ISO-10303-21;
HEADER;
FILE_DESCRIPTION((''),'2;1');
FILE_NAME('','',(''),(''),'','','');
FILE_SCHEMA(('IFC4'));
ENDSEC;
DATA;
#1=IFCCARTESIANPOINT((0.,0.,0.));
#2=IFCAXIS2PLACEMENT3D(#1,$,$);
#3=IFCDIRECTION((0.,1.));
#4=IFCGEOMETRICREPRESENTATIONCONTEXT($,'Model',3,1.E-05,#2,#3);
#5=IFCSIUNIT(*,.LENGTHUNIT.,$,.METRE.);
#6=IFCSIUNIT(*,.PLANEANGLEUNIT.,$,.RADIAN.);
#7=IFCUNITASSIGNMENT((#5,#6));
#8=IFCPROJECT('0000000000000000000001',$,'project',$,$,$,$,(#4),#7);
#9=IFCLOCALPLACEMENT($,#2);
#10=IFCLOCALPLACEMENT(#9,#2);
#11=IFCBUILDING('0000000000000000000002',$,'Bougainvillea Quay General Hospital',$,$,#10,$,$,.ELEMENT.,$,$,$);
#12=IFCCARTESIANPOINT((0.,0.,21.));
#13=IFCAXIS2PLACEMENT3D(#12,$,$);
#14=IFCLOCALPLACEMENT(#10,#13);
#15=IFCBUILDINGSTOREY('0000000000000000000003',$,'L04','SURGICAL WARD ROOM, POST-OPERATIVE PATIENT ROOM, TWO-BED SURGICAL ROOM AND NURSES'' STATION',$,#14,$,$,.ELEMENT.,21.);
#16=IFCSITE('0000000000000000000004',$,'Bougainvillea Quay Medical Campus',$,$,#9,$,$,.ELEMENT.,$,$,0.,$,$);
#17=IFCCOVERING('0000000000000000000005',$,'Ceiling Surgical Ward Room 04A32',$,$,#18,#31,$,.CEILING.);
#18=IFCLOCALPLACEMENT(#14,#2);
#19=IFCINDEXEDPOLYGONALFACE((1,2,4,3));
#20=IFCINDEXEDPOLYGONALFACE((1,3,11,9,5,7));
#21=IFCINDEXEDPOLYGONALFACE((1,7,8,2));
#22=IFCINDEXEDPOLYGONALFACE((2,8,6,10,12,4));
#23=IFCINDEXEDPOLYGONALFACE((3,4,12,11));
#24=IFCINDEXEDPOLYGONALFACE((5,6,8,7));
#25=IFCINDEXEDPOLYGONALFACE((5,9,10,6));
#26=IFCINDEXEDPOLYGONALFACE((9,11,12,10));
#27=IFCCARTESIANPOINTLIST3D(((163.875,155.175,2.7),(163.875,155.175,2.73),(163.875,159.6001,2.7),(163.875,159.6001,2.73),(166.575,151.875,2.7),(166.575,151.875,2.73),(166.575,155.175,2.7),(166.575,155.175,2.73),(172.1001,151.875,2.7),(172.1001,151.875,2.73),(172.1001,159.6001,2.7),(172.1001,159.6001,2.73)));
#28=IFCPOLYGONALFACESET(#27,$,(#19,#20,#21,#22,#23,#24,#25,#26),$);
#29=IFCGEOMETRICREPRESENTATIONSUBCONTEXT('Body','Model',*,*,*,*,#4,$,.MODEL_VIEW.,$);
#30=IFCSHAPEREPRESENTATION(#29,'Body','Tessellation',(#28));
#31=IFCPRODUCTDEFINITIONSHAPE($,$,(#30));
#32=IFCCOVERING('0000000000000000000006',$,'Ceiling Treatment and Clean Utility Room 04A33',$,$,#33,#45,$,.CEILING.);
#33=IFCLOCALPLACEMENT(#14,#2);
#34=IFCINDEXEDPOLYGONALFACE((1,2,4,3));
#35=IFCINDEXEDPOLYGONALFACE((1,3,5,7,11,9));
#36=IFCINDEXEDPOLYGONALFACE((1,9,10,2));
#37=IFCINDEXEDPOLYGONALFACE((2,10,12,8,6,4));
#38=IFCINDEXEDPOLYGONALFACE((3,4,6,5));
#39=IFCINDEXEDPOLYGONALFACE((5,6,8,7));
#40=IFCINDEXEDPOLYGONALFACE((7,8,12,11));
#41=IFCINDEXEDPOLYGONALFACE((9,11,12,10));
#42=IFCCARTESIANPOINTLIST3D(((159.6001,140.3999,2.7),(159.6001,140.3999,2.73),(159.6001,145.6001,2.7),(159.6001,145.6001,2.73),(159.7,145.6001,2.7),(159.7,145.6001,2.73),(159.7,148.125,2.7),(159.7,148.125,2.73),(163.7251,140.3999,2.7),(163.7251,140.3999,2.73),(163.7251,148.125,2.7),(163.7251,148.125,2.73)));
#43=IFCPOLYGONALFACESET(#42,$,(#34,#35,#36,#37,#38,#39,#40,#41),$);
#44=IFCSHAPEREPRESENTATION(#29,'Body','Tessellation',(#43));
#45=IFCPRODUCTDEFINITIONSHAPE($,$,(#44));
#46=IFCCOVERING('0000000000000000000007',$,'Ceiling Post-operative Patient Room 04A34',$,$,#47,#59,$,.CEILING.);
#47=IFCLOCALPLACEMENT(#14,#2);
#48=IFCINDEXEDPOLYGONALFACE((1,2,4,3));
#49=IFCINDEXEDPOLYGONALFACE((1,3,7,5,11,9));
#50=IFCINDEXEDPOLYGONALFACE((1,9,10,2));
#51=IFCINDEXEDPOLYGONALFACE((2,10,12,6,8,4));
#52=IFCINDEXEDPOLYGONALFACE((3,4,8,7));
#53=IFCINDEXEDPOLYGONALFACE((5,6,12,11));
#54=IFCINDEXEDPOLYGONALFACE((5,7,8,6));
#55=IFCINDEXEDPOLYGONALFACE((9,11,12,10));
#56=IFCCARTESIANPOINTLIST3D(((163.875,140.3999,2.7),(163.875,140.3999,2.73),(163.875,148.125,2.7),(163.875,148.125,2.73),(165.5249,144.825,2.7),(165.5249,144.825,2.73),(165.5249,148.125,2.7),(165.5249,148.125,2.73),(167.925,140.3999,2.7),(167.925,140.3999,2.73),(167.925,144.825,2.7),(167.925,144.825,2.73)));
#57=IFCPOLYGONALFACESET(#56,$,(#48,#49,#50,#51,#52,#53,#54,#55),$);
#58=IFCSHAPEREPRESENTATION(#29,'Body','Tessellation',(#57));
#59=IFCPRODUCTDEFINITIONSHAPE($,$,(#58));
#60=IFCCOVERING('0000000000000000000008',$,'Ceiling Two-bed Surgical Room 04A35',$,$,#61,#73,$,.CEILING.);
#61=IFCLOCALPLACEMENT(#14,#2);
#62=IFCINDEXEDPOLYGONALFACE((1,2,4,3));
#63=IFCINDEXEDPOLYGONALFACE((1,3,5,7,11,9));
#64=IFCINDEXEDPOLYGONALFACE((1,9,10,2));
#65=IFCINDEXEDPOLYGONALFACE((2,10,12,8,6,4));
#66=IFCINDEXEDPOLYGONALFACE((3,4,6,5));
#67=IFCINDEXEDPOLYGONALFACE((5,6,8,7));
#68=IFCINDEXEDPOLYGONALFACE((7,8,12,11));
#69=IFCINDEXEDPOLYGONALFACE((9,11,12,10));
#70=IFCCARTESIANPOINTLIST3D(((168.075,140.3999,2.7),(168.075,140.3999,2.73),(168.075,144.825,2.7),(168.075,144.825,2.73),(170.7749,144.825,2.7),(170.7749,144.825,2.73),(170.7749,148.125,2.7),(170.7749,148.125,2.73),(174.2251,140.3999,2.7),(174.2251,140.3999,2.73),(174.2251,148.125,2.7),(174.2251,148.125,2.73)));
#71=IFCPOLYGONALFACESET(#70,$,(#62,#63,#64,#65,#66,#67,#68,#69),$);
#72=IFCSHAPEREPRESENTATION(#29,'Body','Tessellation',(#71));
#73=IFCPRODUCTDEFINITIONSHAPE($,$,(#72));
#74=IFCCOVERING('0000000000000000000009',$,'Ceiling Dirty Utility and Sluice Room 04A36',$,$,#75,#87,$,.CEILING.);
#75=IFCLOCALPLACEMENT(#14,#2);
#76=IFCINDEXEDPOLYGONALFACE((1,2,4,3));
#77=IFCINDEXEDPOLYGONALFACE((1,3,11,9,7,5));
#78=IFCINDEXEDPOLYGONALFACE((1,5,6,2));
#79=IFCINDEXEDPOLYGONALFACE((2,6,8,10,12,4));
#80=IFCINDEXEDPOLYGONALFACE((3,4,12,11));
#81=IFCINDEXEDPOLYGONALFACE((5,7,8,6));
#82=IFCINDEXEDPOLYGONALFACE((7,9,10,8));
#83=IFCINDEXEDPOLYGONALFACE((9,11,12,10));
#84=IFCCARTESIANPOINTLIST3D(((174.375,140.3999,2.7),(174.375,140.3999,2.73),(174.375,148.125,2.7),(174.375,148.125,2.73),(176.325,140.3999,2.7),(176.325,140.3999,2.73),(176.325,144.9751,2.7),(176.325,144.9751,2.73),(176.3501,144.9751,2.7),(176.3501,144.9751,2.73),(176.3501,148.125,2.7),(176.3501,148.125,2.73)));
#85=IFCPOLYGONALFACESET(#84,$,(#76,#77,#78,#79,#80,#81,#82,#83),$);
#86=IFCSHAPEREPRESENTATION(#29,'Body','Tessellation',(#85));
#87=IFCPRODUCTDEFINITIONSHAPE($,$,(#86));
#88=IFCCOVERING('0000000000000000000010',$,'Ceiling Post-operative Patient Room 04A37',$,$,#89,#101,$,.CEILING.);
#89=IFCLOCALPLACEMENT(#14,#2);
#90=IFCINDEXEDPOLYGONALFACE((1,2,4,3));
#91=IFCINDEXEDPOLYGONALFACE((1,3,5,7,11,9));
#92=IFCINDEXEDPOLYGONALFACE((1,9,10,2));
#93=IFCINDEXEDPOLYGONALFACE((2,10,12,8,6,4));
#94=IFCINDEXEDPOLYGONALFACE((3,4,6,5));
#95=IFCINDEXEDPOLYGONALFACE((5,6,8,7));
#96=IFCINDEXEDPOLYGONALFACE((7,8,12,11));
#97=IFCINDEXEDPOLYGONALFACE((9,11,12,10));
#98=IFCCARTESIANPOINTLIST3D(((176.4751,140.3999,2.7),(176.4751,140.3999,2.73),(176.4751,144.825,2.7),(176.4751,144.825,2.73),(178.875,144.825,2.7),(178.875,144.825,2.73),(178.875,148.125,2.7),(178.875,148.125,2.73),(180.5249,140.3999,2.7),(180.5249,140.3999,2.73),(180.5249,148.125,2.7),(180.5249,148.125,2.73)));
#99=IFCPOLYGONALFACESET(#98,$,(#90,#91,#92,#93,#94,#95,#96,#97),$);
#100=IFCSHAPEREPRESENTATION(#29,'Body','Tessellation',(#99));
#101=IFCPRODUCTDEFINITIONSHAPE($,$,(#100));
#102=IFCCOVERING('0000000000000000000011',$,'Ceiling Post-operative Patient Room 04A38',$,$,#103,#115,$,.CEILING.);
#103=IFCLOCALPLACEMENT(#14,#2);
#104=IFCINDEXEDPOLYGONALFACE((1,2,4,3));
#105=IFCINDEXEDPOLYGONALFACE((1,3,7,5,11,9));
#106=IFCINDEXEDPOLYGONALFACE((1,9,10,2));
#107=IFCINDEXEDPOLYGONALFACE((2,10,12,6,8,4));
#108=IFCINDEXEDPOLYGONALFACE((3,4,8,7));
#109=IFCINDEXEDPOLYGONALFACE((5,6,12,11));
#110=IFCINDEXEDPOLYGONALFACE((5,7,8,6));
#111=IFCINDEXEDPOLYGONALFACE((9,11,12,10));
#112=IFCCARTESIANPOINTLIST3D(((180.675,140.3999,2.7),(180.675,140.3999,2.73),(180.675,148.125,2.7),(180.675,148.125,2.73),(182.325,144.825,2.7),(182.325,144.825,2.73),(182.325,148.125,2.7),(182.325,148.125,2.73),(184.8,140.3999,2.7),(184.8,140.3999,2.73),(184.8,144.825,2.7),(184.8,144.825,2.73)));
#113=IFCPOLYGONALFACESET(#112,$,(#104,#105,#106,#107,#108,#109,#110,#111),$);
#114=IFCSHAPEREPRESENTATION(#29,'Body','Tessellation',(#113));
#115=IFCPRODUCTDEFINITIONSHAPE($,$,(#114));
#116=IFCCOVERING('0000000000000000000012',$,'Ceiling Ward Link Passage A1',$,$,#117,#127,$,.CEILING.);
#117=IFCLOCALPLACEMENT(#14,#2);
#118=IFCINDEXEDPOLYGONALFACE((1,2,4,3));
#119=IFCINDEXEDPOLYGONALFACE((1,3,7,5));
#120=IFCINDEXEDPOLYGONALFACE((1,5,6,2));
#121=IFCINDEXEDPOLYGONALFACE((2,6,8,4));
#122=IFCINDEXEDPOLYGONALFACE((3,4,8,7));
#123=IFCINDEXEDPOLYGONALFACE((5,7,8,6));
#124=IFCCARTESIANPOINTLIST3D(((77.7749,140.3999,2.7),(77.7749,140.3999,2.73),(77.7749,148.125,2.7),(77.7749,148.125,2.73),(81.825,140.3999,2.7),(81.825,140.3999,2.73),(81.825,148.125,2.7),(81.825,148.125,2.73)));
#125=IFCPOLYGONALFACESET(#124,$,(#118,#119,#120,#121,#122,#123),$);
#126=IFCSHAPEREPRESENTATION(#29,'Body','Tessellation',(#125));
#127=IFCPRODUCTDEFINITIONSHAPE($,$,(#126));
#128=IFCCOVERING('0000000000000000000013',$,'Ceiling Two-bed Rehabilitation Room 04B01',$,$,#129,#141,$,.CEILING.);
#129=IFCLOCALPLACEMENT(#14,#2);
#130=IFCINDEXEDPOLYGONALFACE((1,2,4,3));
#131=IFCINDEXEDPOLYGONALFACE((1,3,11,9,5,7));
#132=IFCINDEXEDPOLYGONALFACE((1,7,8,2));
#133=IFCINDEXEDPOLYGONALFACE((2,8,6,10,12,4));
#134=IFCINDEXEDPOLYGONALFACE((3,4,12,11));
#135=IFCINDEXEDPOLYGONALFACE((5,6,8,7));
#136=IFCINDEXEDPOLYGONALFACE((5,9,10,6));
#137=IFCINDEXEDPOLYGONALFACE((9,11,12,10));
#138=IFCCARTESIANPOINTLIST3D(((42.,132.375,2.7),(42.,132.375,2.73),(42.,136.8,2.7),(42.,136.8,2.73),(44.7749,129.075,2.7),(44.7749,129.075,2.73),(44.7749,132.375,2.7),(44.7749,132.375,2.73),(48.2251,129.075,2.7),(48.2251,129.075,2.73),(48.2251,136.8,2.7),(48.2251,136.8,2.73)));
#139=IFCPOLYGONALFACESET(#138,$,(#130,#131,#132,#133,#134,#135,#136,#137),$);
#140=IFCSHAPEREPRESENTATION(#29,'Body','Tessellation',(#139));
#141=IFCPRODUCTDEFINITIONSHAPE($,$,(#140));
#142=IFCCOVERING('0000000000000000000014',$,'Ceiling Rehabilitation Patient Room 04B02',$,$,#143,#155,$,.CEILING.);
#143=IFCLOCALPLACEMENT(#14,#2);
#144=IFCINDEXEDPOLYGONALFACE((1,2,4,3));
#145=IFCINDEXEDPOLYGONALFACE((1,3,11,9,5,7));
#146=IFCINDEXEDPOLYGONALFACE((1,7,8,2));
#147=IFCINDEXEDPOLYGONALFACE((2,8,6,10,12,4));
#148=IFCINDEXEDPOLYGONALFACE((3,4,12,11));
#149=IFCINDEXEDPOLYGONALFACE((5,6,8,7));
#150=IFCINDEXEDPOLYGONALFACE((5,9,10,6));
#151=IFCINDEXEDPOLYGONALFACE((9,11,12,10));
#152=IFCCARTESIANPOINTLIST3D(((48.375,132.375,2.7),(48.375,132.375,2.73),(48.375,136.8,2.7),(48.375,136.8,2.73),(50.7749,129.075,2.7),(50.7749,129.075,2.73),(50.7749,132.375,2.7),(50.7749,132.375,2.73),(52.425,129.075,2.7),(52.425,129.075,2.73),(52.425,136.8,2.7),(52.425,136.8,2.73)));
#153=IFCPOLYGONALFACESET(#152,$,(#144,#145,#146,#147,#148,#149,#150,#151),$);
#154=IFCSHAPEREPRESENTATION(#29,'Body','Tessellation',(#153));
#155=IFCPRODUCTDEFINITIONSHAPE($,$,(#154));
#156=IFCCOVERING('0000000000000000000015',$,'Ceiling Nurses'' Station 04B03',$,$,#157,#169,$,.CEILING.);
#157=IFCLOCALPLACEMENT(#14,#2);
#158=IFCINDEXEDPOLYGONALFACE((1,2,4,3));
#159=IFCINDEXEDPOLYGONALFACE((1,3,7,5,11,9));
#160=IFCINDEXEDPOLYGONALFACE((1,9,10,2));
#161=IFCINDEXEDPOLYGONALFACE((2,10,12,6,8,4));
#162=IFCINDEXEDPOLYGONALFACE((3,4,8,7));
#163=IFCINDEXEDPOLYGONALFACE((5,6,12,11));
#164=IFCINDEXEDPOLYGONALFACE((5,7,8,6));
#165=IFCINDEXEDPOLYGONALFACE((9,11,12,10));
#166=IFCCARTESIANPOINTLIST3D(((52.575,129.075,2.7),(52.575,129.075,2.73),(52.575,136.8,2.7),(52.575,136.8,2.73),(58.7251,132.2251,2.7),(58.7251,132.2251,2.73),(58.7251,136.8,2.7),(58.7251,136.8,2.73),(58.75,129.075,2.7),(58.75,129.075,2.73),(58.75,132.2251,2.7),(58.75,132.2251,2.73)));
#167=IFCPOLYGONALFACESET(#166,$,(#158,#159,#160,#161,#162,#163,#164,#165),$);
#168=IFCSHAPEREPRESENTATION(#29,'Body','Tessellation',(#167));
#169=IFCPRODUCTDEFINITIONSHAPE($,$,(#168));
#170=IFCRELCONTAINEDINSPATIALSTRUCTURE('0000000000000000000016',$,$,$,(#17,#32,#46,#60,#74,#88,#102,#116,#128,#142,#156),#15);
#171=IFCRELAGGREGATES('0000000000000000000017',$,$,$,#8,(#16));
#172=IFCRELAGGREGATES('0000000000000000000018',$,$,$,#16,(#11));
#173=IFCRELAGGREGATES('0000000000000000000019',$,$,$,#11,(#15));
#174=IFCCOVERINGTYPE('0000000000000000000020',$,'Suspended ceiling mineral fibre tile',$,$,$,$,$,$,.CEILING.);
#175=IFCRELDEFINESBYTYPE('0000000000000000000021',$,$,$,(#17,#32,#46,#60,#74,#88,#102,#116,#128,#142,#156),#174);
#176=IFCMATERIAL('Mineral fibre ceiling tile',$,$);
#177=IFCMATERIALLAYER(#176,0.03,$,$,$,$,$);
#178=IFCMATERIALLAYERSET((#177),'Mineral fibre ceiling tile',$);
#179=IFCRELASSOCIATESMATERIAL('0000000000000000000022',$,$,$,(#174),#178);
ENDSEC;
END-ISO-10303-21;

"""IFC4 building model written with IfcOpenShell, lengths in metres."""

from ifc_helpers import new_model, si_unit, direction, frame, origin, place, context, subcontext, project, spatial, polyline, outline, extrude, material, layer, layer_set, type_object, element, save


model = new_model("IFC4")

# Units and contexts
model_context = context("Model", 3, precision=1e-05, world=origin(), true_north=direction((0.0, 1.0)))
body_context = subcontext(model_context, "Body", "Model", "MODEL_VIEW")
ifc_project = project(units=[si_unit("LENGTHUNIT", "METRE"), si_unit("PLANEANGLEUNIT", "RADIAN")], contexts=[model_context])

# Site, building, storey
site_placement = place(None, origin())
site = spatial("IfcSite", under=ifc_project, at=site_placement, Name="Bougainvillea Quay Medical Campus", CompositionType="ELEMENT", RefElevation=0.0)
building_placement = place(site_placement, origin())
building = spatial("IfcBuilding", under=site, at=building_placement, Name="Bougainvillea Quay General Hospital", CompositionType="ELEMENT")
storey_placement = place(building_placement, frame((0.0, 0.0, 21.0)))
storey = spatial("IfcBuildingStorey", under=building, at=storey_placement, Name="L04", Description="SURGICAL WARD ROOM, POST-OPERATIVE PATIENT ROOM, TWO-BED SURGICAL ROOM AND NURSES' STATION", CompositionType="ELEMENT", Elevation=21.0)

# Coverings
ifc_material = material(Name="Mineral fibre ceiling tile")
ifc_layer = layer(ifc_material, 0.03)
ifc_layer_set = layer_set([ifc_layer], Name="Mineral fibre ceiling tile")
covering_type = type_object("IfcCoveringType", Name="Suspended ceiling mineral fibre tile", PredefinedType="CEILING", material=ifc_layer_set)
covering_1_placement = place(storey_placement, frame((0.0, 0.0, 2.7)))
element("IfcCovering", 1, at=covering_1_placement, inside=storey, type_object=covering_type, Name="Ceiling Surgical Ward Room 04A32", PredefinedType="CEILING", context=body_context, shape_type="SweptSolid", body=[
    extrude(outline(polyline([(163.875, 159.6001), (163.875, 155.175), (166.575, 155.175), (166.575, 151.875), (172.1001, 151.875), (172.1001, 159.6001), (163.875, 159.6001)])), origin(), (0.0, 0.0, 1.0), 0.03),
])
covering_2_placement = place(storey_placement, frame((0.0, 0.0, 2.7)))
element("IfcCovering", 2, at=covering_2_placement, inside=storey, type_object=covering_type, Name="Ceiling Treatment and Clean Utility Room 04A33", PredefinedType="CEILING", context=body_context, shape_type="SweptSolid", body=[
    extrude(outline(polyline([(163.7251, 140.3999), (163.7251, 148.125), (159.7, 148.125), (159.7, 145.6001), (159.6001, 145.6001), (159.6001, 140.3999), (163.7251, 140.3999)])), origin(), (0.0, 0.0, 1.0), 0.03),
])
covering_3_placement = place(storey_placement, frame((0.0, 0.0, 2.7)))
element("IfcCovering", 3, at=covering_3_placement, inside=storey, type_object=covering_type, Name="Ceiling Post-operative Patient Room 04A34", PredefinedType="CEILING", context=body_context, shape_type="SweptSolid", body=[
    extrude(outline(polyline([(167.925, 140.3999), (167.925, 144.825), (165.5249, 144.825), (165.5249, 148.125), (163.875, 148.125), (163.875, 140.3999), (167.925, 140.3999)])), origin(), (0.0, 0.0, 1.0), 0.03),
])
covering_4_placement = place(storey_placement, frame((0.0, 0.0, 2.7)))
element("IfcCovering", 4, at=covering_4_placement, inside=storey, type_object=covering_type, Name="Ceiling Two-bed Surgical Room 04A35", PredefinedType="CEILING", context=body_context, shape_type="SweptSolid", body=[
    extrude(outline(polyline([(174.2251, 140.3999), (174.2251, 148.125), (170.7749, 148.125), (170.7749, 144.825), (168.075, 144.825), (168.075, 140.3999), (174.2251, 140.3999)])), origin(), (0.0, 0.0, 1.0), 0.03),
])
covering_5_placement = place(storey_placement, frame((0.0, 0.0, 2.7)))
element("IfcCovering", 5, at=covering_5_placement, inside=storey, type_object=covering_type, Name="Ceiling Dirty Utility and Sluice Room 04A36", PredefinedType="CEILING", context=body_context, shape_type="SweptSolid", body=[
    extrude(outline(polyline([(176.325, 140.3999), (176.325, 144.9751), (176.3501, 144.9751), (176.3501, 148.125), (174.375, 148.125), (174.375, 140.3999), (176.325, 140.3999)])), origin(), (0.0, 0.0, 1.0), 0.03),
])
covering_6_placement = place(storey_placement, frame((0.0, 0.0, 2.7)))
element("IfcCovering", 6, at=covering_6_placement, inside=storey, type_object=covering_type, Name="Ceiling Post-operative Patient Room 04A37", PredefinedType="CEILING", context=body_context, shape_type="SweptSolid", body=[
    extrude(outline(polyline([(180.5249, 140.3999), (180.5249, 148.125), (178.875, 148.125), (178.875, 144.825), (176.4751, 144.825), (176.4751, 140.3999), (180.5249, 140.3999)])), origin(), (0.0, 0.0, 1.0), 0.03),
])
covering_7_placement = place(storey_placement, frame((0.0, 0.0, 2.7)))
element("IfcCovering", 7, at=covering_7_placement, inside=storey, type_object=covering_type, Name="Ceiling Post-operative Patient Room 04A38", PredefinedType="CEILING", context=body_context, shape_type="SweptSolid", body=[
    extrude(outline(polyline([(184.8, 140.3999), (184.8, 144.825), (182.325, 144.825), (182.325, 148.125), (180.675, 148.125), (180.675, 140.3999), (184.8, 140.3999)])), origin(), (0.0, 0.0, 1.0), 0.03),
])
covering_8_placement = place(storey_placement, frame((0.0, 0.0, 2.7)))
element("IfcCovering", 8, at=covering_8_placement, inside=storey, type_object=covering_type, Name="Ceiling Ward Link Passage A1", PredefinedType="CEILING", context=body_context, shape_type="SweptSolid", body=[
    extrude(outline(polyline([(81.825, 140.3999), (81.825, 148.125), (77.7749, 148.125), (77.7749, 140.3999), (81.825, 140.3999)])), origin(), (0.0, 0.0, 1.0), 0.03),
])
covering_9_placement = place(storey_placement, frame((0.0, 0.0, 2.7)))
element("IfcCovering", 9, at=covering_9_placement, inside=storey, type_object=covering_type, Name="Ceiling Two-bed Rehabilitation Room 04B01", PredefinedType="CEILING", context=body_context, shape_type="SweptSolid", body=[
    extrude(outline(polyline([(42.0, 136.8), (42.0, 132.375), (44.7749, 132.375), (44.7749, 129.075), (48.2251, 129.075), (48.2251, 136.8), (42.0, 136.8)])), origin(), (0.0, 0.0, 1.0), 0.03),
])
covering_10_placement = place(storey_placement, frame((0.0, 0.0, 2.7)))
element("IfcCovering", 10, at=covering_10_placement, inside=storey, type_object=covering_type, Name="Ceiling Rehabilitation Patient Room 04B02", PredefinedType="CEILING", context=body_context, shape_type="SweptSolid", body=[
    extrude(outline(polyline([(48.375, 136.8), (48.375, 132.375), (50.7749, 132.375), (50.7749, 129.075), (52.425, 129.075), (52.425, 136.8), (48.375, 136.8)])), origin(), (0.0, 0.0, 1.0), 0.03),
])
covering_11_placement = place(storey_placement, frame((0.0, 0.0, 2.7)))
element("IfcCovering", 11, at=covering_11_placement, inside=storey, type_object=covering_type, Name="Ceiling Nurses' Station 04B03", PredefinedType="CEILING", context=body_context, shape_type="SweptSolid", body=[
    extrude(outline(polyline([(52.575, 136.8), (52.575, 129.075), (58.75, 129.075), (58.75, 132.2251), (58.7251, 132.2251), (58.7251, 136.8), (52.575, 136.8)])), origin(), (0.0, 0.0, 1.0), 0.03),
])

save(model, "model.ifc")
